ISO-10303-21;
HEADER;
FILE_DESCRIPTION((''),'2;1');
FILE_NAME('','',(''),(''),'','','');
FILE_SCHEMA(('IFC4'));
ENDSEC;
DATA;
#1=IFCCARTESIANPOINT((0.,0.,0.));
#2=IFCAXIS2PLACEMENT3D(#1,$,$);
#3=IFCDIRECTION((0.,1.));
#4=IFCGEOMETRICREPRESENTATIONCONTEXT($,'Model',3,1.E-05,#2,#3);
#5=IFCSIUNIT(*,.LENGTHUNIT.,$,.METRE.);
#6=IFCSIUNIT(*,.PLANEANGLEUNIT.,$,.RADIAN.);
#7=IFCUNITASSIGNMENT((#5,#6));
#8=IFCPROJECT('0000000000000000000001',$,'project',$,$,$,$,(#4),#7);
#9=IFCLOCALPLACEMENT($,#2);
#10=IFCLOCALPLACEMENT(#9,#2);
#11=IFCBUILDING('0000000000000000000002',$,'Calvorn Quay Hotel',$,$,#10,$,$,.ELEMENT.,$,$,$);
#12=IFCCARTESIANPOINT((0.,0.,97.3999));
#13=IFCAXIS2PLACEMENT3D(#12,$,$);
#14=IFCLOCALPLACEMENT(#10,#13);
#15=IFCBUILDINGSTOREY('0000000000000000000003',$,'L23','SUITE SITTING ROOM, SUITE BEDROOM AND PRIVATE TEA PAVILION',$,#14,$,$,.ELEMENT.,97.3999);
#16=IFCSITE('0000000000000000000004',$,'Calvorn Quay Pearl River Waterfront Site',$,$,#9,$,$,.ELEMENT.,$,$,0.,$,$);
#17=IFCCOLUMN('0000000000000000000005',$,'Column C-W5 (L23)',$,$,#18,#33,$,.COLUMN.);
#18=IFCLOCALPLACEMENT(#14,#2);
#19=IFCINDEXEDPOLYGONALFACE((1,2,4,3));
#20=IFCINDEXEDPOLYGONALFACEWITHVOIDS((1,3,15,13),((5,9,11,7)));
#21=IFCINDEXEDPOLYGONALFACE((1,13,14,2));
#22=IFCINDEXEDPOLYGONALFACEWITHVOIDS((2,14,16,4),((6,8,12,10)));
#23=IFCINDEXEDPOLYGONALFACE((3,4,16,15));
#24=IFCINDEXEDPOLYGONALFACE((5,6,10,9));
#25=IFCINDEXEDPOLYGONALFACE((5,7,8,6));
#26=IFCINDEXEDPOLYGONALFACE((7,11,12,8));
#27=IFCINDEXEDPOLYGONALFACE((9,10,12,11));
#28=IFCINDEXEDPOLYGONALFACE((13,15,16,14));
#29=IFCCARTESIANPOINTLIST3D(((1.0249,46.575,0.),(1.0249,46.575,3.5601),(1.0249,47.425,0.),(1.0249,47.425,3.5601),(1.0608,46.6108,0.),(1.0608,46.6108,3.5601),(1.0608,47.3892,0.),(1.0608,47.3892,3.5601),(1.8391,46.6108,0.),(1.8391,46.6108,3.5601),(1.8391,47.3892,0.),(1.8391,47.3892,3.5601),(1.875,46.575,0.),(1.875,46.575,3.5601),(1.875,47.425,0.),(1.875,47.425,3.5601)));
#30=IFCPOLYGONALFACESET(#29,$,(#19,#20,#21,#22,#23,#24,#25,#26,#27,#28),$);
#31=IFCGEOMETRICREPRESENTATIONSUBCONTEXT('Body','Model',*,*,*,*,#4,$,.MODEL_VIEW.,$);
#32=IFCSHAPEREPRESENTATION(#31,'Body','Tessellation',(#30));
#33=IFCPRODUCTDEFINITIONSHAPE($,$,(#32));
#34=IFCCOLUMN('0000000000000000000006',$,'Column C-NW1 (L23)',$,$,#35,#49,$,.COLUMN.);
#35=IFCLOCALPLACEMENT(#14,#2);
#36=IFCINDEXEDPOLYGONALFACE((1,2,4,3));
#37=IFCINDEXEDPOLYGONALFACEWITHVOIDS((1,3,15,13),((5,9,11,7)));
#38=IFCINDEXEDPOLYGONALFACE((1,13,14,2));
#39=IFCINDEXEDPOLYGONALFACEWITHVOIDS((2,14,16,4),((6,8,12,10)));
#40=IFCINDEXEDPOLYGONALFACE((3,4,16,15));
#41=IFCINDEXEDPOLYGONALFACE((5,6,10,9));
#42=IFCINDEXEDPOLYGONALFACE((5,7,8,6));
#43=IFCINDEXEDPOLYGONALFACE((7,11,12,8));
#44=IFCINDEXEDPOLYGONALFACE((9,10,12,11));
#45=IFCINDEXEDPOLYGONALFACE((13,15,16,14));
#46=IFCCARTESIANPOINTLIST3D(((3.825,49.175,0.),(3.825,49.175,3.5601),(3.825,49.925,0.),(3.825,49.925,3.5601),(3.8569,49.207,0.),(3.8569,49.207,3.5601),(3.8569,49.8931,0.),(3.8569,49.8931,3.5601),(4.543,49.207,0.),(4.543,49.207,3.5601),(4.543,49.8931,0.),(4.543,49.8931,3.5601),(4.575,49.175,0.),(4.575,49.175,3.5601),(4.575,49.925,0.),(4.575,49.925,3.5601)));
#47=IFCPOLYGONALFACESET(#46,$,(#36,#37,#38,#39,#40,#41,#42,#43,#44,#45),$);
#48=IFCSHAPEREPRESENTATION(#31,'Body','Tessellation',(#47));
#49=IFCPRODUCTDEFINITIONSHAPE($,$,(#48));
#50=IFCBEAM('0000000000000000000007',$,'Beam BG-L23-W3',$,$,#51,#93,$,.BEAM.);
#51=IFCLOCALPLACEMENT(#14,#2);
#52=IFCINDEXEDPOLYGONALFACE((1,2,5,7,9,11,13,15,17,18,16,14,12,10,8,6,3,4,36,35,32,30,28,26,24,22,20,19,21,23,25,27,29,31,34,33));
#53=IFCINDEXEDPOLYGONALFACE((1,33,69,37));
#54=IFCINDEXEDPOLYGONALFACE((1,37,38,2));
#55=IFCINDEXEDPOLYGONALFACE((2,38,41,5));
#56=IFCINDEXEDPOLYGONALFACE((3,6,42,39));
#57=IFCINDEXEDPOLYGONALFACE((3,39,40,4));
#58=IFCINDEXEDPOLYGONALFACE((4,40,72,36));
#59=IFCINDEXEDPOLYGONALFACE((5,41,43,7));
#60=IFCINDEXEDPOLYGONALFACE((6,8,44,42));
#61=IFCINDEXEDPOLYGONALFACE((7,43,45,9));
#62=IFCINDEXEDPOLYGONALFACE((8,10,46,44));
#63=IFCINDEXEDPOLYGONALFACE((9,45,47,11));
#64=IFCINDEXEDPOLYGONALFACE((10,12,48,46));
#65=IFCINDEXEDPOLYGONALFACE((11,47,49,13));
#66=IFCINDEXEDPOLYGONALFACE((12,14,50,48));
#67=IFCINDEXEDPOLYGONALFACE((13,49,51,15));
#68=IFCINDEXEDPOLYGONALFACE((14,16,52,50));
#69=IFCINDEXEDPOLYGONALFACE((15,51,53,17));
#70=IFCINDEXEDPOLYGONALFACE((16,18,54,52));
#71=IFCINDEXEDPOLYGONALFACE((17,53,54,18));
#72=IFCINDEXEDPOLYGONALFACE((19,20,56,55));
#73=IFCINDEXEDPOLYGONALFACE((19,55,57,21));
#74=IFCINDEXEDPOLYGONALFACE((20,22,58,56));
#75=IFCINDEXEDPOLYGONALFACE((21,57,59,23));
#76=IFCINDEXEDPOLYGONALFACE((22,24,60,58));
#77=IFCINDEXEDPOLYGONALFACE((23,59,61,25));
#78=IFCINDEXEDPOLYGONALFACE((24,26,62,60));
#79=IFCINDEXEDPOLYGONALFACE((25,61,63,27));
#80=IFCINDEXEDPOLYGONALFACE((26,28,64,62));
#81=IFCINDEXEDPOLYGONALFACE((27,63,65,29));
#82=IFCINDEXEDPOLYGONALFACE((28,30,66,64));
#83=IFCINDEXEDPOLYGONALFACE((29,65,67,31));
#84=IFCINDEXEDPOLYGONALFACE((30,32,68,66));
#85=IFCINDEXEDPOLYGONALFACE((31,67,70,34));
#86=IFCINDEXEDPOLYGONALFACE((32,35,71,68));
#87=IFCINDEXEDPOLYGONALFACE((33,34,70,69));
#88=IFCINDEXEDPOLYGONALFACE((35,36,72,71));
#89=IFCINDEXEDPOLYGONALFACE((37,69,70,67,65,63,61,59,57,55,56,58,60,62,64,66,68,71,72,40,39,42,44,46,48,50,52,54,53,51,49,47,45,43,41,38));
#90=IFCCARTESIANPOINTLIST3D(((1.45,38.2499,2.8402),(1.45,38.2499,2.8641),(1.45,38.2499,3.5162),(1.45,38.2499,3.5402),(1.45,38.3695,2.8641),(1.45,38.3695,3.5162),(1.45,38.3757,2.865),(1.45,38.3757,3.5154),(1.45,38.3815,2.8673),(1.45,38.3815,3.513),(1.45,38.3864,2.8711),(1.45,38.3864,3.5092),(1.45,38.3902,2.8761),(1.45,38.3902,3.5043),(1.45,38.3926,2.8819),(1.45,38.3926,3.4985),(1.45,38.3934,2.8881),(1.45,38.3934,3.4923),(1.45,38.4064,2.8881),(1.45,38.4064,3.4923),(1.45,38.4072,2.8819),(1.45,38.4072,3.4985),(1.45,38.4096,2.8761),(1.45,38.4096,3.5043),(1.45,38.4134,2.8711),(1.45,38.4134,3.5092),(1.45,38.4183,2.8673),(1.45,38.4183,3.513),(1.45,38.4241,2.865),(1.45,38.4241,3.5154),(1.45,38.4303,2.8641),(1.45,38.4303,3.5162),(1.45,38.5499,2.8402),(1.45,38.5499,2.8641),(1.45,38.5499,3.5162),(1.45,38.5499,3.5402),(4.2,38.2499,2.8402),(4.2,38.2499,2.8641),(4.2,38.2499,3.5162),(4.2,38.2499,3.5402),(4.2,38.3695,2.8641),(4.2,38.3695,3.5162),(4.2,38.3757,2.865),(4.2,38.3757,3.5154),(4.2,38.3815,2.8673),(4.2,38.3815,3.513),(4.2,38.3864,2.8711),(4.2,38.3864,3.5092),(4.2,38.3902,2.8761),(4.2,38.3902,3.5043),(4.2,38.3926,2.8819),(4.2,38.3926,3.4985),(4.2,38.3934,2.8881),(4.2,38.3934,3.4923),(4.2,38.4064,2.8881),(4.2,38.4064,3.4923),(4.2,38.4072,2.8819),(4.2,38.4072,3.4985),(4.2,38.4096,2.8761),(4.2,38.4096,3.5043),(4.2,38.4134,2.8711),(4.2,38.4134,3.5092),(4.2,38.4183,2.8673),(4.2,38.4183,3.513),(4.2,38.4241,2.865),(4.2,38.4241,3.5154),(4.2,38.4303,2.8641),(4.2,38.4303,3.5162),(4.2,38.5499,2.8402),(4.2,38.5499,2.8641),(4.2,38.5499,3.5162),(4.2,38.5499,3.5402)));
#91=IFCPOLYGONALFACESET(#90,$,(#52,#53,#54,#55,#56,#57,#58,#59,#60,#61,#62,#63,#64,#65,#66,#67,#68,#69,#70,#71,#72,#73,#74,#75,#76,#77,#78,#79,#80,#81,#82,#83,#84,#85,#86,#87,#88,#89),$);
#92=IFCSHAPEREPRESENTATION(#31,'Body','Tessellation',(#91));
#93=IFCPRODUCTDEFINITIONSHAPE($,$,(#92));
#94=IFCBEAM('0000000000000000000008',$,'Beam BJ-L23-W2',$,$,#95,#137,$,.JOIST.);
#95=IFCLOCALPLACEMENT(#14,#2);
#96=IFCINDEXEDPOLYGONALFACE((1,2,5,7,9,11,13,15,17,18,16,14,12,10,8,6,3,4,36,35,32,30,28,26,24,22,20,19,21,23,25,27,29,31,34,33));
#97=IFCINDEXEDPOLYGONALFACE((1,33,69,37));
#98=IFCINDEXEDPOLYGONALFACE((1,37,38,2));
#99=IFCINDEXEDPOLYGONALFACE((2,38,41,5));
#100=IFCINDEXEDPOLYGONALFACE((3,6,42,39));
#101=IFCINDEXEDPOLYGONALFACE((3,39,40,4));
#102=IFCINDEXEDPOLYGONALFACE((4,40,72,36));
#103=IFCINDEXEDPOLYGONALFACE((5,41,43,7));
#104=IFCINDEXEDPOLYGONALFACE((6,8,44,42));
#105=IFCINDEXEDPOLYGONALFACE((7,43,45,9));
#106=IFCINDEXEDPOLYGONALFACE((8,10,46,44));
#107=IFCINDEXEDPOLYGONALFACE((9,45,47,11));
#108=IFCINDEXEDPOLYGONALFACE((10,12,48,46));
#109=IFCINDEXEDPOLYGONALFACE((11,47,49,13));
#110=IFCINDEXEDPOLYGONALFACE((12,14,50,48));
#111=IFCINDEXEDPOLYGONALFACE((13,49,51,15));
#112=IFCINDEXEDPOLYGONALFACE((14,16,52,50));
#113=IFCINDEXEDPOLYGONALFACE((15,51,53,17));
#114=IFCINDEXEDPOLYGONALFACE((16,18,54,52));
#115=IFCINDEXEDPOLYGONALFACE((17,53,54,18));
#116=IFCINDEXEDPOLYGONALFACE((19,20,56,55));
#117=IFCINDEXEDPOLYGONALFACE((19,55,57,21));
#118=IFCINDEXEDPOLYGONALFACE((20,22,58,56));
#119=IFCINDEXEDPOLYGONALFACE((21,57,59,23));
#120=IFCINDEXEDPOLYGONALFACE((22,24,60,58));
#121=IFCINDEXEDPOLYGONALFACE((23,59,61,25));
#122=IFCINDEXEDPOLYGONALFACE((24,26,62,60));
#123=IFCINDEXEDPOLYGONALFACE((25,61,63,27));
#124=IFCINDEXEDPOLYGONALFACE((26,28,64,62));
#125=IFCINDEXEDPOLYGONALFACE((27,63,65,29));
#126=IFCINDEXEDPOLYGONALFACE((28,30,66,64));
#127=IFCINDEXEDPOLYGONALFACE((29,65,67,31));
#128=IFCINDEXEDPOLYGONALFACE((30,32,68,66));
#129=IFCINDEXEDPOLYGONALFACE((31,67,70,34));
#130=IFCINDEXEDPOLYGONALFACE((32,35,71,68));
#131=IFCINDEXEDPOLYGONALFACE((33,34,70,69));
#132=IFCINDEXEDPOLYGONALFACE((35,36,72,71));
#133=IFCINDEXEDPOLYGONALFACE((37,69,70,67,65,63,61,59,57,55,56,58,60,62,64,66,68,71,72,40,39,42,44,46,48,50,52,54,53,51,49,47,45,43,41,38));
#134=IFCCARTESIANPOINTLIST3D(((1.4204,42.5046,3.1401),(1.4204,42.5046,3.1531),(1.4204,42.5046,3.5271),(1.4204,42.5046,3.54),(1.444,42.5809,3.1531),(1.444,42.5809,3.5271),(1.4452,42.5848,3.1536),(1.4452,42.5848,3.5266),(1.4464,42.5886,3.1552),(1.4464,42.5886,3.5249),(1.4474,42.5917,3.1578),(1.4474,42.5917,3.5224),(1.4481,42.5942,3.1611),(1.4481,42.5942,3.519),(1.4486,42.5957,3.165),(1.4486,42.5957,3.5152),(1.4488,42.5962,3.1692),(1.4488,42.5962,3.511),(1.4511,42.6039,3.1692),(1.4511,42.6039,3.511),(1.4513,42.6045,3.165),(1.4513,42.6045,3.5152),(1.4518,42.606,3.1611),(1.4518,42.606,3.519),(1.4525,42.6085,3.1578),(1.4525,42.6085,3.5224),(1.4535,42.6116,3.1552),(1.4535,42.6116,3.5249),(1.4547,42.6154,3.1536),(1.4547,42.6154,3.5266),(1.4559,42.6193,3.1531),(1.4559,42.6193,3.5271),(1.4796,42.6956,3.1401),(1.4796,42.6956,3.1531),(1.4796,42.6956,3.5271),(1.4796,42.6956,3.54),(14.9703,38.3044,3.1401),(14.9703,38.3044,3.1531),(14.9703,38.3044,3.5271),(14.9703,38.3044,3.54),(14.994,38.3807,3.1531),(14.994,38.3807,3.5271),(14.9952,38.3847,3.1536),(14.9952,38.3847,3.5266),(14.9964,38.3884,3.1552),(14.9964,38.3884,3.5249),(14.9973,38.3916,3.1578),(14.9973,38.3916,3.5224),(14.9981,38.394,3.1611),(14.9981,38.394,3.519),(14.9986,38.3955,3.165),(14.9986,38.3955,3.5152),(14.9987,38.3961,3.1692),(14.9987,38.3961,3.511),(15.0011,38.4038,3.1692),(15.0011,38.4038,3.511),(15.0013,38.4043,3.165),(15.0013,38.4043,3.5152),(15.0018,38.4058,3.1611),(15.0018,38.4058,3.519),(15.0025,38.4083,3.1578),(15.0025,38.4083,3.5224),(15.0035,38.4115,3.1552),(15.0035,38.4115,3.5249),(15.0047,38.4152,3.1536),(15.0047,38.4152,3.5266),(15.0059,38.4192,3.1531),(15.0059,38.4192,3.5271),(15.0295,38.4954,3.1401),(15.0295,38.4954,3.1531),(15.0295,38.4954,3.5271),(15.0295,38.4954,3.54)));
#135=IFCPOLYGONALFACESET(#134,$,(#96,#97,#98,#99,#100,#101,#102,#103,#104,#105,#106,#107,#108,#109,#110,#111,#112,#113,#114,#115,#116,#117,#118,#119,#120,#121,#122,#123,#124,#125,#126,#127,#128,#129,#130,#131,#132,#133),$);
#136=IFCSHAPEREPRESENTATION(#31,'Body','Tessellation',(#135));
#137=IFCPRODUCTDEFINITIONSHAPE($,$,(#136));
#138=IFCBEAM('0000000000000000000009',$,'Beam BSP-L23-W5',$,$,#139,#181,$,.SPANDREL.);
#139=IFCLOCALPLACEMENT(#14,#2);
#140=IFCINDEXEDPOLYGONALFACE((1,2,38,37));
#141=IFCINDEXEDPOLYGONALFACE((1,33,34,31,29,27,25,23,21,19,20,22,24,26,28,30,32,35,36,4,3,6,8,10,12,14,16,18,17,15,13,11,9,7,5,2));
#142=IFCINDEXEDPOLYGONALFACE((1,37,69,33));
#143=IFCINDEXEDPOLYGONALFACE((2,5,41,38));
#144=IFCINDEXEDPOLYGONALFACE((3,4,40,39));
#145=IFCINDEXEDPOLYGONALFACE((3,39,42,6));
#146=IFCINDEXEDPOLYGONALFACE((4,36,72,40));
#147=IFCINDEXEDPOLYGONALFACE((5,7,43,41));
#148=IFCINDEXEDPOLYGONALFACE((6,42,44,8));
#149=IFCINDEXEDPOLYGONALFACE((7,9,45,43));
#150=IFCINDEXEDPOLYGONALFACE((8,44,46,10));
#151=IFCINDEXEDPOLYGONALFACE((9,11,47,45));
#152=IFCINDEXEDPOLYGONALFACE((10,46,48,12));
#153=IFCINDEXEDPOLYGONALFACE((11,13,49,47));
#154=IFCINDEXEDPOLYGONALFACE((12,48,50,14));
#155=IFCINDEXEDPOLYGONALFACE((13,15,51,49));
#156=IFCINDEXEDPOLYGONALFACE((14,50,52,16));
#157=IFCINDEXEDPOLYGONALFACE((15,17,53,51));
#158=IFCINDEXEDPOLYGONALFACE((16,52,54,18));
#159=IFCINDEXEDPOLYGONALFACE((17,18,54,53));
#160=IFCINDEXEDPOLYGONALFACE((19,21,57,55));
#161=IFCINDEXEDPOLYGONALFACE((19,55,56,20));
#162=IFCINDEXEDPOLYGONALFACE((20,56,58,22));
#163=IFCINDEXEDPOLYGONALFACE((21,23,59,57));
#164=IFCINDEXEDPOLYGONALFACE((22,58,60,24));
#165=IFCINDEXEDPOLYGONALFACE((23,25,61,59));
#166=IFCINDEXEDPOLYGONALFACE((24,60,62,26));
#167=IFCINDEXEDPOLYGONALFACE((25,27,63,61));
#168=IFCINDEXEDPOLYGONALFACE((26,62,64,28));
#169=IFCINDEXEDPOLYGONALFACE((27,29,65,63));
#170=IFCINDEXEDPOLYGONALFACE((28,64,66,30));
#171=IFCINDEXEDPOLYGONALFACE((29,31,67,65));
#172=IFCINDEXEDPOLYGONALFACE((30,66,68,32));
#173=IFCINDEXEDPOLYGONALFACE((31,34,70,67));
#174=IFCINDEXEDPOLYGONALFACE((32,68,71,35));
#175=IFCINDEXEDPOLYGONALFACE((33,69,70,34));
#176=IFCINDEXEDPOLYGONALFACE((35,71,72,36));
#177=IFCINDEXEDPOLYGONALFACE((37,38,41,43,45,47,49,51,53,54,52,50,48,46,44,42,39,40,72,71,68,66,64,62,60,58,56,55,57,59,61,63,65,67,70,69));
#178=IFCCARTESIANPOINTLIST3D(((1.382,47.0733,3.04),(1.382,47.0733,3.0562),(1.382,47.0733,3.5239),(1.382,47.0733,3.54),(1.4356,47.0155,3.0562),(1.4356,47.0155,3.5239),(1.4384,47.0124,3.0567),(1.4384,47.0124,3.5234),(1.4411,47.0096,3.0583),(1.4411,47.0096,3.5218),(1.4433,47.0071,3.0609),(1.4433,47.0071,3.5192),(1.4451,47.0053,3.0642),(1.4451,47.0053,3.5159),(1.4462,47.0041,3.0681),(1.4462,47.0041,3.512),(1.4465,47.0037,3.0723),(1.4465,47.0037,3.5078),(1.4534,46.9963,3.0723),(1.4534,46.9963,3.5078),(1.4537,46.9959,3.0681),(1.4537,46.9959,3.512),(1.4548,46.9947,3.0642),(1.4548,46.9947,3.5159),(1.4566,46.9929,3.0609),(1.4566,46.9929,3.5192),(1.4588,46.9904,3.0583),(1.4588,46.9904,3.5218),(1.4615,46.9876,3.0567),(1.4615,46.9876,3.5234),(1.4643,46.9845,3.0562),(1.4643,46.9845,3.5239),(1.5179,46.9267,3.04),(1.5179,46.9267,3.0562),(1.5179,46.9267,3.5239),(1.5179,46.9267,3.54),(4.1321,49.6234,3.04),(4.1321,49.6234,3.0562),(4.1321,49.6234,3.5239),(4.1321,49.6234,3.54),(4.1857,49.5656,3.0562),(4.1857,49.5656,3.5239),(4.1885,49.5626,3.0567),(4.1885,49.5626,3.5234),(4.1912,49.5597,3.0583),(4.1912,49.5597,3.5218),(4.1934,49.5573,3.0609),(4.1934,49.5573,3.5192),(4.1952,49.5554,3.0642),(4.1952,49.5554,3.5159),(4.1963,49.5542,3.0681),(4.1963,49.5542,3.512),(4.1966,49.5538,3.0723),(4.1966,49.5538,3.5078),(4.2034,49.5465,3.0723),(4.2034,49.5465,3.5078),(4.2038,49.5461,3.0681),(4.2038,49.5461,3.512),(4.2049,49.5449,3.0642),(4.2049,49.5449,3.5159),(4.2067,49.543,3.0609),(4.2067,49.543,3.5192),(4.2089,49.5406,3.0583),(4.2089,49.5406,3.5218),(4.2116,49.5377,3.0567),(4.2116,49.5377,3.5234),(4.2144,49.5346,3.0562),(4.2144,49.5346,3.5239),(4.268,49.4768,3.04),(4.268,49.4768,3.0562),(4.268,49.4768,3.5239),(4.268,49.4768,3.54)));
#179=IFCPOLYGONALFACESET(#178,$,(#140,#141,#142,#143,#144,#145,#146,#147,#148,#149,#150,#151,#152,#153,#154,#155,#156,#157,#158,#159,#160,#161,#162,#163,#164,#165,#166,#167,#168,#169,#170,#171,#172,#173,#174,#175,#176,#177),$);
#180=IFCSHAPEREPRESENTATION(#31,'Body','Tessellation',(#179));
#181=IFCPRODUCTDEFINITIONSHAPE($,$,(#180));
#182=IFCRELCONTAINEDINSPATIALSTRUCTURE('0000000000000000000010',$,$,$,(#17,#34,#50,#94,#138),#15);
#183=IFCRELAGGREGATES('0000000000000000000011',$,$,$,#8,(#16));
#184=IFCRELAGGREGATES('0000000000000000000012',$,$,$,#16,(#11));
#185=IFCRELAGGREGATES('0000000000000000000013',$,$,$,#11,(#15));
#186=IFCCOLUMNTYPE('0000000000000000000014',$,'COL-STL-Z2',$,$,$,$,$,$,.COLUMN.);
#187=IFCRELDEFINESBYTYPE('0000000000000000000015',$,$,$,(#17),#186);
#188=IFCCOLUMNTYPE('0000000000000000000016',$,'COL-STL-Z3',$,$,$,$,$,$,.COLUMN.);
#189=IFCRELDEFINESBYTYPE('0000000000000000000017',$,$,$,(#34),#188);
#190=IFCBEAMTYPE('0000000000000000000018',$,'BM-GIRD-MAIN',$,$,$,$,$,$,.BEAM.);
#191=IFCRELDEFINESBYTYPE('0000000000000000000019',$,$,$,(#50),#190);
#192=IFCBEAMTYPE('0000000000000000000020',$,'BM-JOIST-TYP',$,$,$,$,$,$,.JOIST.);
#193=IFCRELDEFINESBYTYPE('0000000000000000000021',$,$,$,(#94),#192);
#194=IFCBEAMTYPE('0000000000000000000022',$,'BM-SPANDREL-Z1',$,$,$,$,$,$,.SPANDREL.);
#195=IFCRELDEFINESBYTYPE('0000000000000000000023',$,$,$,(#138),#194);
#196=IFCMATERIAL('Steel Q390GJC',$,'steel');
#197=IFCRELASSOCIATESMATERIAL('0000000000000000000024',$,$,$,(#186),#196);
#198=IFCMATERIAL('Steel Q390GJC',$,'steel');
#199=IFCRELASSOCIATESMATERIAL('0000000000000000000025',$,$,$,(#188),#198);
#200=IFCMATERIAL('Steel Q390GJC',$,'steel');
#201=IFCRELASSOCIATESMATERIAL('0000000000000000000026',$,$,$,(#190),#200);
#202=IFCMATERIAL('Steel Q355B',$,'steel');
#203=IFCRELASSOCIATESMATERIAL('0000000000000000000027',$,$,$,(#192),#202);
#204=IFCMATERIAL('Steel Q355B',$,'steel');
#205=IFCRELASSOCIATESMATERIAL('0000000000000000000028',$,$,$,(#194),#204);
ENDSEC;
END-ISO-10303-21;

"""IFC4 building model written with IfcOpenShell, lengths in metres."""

from ifc_helpers import new_model, si_unit, direction, frame, origin, origin_2d, place, context, subcontext, project, spatial, hollow_rectangle, i_section, extrude, material, material_profile, profile_set, type_object, element, save


model = new_model("IFC4")

# Units and contexts
model_context = context("Model", 3, precision=1e-05, world=origin(), true_north=direction((0.0, 1.0)))
body_context = subcontext(model_context, "Body", "Model", "MODEL_VIEW")
ifc_project = project(units=[si_unit("LENGTHUNIT", "METRE"), si_unit("PLANEANGLEUNIT", "RADIAN")], contexts=[model_context])

# Site, building, storey
site_placement = place(None, origin())
site = spatial("IfcSite", under=ifc_project, at=site_placement, Name="Calvorn Quay Pearl River Waterfront Site", CompositionType="ELEMENT", RefElevation=0.0)
building_placement = place(site_placement, origin())
building = spatial("IfcBuilding", under=site, at=building_placement, Name="Calvorn Quay Hotel", CompositionType="ELEMENT")
storey_placement = place(building_placement, frame((0.0, 0.0, 97.3999)))
storey = spatial("IfcBuildingStorey", under=building, at=storey_placement, Name="L23", Description="SUITE SITTING ROOM, SUITE BEDROOM AND PRIVATE TEA PAVILION", CompositionType="ELEMENT", Elevation=97.3999)

# Columns
ifc_material_1 = material(Name="Steel Q390GJC", Category="steel")
ifc_material_profile_1 = material_profile(ifc_material_1, hollow_rectangle(XDim=0.8501, YDim=0.8501, WallThickness=0.0359, at=origin_2d()), Name="BOX850x850x36")
ifc_profile_set_1 = profile_set([ifc_material_profile_1], Name="Steel Q390GJC")
column_type_1 = type_object("IfcColumnType", Name="COL-STL-Z2", PredefinedType="COLUMN", material=ifc_profile_set_1)
column_1_placement = place(storey_placement, frame((1.45, 47.0, 0.0), z_axis=(0.0, 0.0, 1.0), x_axis=(1.0, 0.0, 0.0)))
element("IfcColumn", 1, at=column_1_placement, inside=storey, type_object=column_type_1, Name="Column C-W5 (L23)", PredefinedType="COLUMN", context=body_context, shape_type="SweptSolid", body=[
    extrude(hollow_rectangle(XDim=0.8501, YDim=0.8501, WallThickness=0.0359, at=origin_2d()), origin(), (0.0, 0.0, 1.0), 3.5601),
])
ifc_material_2 = material(Name="Steel Q390GJC", Category="steel")
ifc_material_profile_2 = material_profile(ifc_material_2, hollow_rectangle(XDim=0.75, YDim=0.75, WallThickness=0.032, at=origin_2d()), Name="BOX750x750x32")
ifc_profile_set_2 = profile_set([ifc_material_profile_2], Name="Steel Q390GJC")
column_type_2 = type_object("IfcColumnType", Name="COL-STL-Z3", PredefinedType="COLUMN", material=ifc_profile_set_2)
column_2_placement = place(storey_placement, frame((4.2, 49.55, 0.0), z_axis=(0.0, 0.0, 1.0), x_axis=(1.0, 0.0, 0.0)))
element("IfcColumn", 2, at=column_2_placement, inside=storey, type_object=column_type_2, Name="Column C-NW1 (L23)", PredefinedType="COLUMN", context=body_context, shape_type="SweptSolid", body=[
    extrude(hollow_rectangle(XDim=0.75, YDim=0.75, WallThickness=0.032, at=origin_2d()), origin(), (0.0, 0.0, 1.0), 3.5601),
])

# Beams
ifc_material_3 = material(Name="Steel Q390GJC", Category="steel")
ifc_material_profile_3 = material_profile(ifc_material_3, i_section(OverallWidth=0.3, OverallDepth=0.7, WebThickness=0.0129, FlangeThickness=0.0239, FilletRadius=0.0239, at=origin_2d()), Name="HN700x300x13x24")
ifc_profile_set_3 = profile_set([ifc_material_profile_3], Name="Steel Q390GJC")
beam_type_1 = type_object("IfcBeamType", Name="BM-GIRD-MAIN", PredefinedType="BEAM", material=ifc_profile_set_3)
beam_1_placement = place(storey_placement, frame((1.45, 38.3999, 3.1902), z_axis=(1.0, 0.0, 0.0), x_axis=(0.0, 1.0, 0.0)))
element("IfcBeam", 3, at=beam_1_placement, inside=storey, type_object=beam_type_1, Name="Beam BG-L23-W3", PredefinedType="BEAM", context=body_context, shape_type="SweptSolid", body=[
    extrude(i_section(OverallWidth=0.3, OverallDepth=0.7, WebThickness=0.0129, FlangeThickness=0.0239, FilletRadius=0.0239, at=origin_2d()), origin(), (0.0, 0.0, 1.0), 2.75),
])
ifc_material_4 = material(Name="Steel Q355B", Category="steel")
ifc_material_profile_4 = material_profile(ifc_material_4, i_section(OverallWidth=0.2, OverallDepth=0.3999, WebThickness=0.0081, FlangeThickness=0.0129, FilletRadius=0.0161, at=origin_2d()), Name="HN400x200x8x13")
ifc_profile_set_4 = profile_set([ifc_material_profile_4], Name="Steel Q355B")
beam_type_2 = type_object("IfcBeamType", Name="BM-JOIST-TYP", PredefinedType="JOIST", material=ifc_profile_set_4)
beam_2_placement = place(storey_placement, frame((1.45, 42.6001, 3.3401), z_axis=(0.955164, -0.296078, 0.0), x_axis=(0.296078, 0.955164, 0.0)))
element("IfcBeam", 4, at=beam_2_placement, inside=storey, type_object=beam_type_2, Name="Beam BJ-L23-W2", PredefinedType="JOIST", context=body_context, shape_type="SweptSolid", body=[
    extrude(i_section(OverallWidth=0.2, OverallDepth=0.3999, WebThickness=0.0081, FlangeThickness=0.0129, FilletRadius=0.0161, at=origin_2d()), origin(), (0.0, 0.0, 1.0), 14.186),
])
ifc_material_5 = material(Name="Steel Q355B", Category="steel")
ifc_material_profile_5 = material_profile(ifc_material_5, i_section(OverallWidth=0.2, OverallDepth=0.5, WebThickness=0.01, FlangeThickness=0.0161, FilletRadius=0.0161, at=origin_2d()), Name="HN500x200x10x16")
ifc_profile_set_5 = profile_set([ifc_material_profile_5], Name="Steel Q355B")
beam_type_3 = type_object("IfcBeamType", Name="BM-SPANDREL-Z1", PredefinedType="SPANDREL", material=ifc_profile_set_5)
beam_3_placement = place(storey_placement, frame((1.45, 47.0, 3.29), z_axis=(0.733262, 0.679947, 0.0), x_axis=(-0.679947, 0.733262, 0.0)))
element("IfcBeam", 5, at=beam_3_placement, inside=storey, type_object=beam_type_3, Name="Beam BSP-L23-W5", PredefinedType="SPANDREL", context=body_context, shape_type="SweptSolid", body=[
    extrude(i_section(OverallWidth=0.2, OverallDepth=0.5, WebThickness=0.01, FlangeThickness=0.0161, FilletRadius=0.0161, at=origin_2d()), origin(), (0.0, 0.0, 1.0), 3.7505),
])

save(model, "model.ifc")
